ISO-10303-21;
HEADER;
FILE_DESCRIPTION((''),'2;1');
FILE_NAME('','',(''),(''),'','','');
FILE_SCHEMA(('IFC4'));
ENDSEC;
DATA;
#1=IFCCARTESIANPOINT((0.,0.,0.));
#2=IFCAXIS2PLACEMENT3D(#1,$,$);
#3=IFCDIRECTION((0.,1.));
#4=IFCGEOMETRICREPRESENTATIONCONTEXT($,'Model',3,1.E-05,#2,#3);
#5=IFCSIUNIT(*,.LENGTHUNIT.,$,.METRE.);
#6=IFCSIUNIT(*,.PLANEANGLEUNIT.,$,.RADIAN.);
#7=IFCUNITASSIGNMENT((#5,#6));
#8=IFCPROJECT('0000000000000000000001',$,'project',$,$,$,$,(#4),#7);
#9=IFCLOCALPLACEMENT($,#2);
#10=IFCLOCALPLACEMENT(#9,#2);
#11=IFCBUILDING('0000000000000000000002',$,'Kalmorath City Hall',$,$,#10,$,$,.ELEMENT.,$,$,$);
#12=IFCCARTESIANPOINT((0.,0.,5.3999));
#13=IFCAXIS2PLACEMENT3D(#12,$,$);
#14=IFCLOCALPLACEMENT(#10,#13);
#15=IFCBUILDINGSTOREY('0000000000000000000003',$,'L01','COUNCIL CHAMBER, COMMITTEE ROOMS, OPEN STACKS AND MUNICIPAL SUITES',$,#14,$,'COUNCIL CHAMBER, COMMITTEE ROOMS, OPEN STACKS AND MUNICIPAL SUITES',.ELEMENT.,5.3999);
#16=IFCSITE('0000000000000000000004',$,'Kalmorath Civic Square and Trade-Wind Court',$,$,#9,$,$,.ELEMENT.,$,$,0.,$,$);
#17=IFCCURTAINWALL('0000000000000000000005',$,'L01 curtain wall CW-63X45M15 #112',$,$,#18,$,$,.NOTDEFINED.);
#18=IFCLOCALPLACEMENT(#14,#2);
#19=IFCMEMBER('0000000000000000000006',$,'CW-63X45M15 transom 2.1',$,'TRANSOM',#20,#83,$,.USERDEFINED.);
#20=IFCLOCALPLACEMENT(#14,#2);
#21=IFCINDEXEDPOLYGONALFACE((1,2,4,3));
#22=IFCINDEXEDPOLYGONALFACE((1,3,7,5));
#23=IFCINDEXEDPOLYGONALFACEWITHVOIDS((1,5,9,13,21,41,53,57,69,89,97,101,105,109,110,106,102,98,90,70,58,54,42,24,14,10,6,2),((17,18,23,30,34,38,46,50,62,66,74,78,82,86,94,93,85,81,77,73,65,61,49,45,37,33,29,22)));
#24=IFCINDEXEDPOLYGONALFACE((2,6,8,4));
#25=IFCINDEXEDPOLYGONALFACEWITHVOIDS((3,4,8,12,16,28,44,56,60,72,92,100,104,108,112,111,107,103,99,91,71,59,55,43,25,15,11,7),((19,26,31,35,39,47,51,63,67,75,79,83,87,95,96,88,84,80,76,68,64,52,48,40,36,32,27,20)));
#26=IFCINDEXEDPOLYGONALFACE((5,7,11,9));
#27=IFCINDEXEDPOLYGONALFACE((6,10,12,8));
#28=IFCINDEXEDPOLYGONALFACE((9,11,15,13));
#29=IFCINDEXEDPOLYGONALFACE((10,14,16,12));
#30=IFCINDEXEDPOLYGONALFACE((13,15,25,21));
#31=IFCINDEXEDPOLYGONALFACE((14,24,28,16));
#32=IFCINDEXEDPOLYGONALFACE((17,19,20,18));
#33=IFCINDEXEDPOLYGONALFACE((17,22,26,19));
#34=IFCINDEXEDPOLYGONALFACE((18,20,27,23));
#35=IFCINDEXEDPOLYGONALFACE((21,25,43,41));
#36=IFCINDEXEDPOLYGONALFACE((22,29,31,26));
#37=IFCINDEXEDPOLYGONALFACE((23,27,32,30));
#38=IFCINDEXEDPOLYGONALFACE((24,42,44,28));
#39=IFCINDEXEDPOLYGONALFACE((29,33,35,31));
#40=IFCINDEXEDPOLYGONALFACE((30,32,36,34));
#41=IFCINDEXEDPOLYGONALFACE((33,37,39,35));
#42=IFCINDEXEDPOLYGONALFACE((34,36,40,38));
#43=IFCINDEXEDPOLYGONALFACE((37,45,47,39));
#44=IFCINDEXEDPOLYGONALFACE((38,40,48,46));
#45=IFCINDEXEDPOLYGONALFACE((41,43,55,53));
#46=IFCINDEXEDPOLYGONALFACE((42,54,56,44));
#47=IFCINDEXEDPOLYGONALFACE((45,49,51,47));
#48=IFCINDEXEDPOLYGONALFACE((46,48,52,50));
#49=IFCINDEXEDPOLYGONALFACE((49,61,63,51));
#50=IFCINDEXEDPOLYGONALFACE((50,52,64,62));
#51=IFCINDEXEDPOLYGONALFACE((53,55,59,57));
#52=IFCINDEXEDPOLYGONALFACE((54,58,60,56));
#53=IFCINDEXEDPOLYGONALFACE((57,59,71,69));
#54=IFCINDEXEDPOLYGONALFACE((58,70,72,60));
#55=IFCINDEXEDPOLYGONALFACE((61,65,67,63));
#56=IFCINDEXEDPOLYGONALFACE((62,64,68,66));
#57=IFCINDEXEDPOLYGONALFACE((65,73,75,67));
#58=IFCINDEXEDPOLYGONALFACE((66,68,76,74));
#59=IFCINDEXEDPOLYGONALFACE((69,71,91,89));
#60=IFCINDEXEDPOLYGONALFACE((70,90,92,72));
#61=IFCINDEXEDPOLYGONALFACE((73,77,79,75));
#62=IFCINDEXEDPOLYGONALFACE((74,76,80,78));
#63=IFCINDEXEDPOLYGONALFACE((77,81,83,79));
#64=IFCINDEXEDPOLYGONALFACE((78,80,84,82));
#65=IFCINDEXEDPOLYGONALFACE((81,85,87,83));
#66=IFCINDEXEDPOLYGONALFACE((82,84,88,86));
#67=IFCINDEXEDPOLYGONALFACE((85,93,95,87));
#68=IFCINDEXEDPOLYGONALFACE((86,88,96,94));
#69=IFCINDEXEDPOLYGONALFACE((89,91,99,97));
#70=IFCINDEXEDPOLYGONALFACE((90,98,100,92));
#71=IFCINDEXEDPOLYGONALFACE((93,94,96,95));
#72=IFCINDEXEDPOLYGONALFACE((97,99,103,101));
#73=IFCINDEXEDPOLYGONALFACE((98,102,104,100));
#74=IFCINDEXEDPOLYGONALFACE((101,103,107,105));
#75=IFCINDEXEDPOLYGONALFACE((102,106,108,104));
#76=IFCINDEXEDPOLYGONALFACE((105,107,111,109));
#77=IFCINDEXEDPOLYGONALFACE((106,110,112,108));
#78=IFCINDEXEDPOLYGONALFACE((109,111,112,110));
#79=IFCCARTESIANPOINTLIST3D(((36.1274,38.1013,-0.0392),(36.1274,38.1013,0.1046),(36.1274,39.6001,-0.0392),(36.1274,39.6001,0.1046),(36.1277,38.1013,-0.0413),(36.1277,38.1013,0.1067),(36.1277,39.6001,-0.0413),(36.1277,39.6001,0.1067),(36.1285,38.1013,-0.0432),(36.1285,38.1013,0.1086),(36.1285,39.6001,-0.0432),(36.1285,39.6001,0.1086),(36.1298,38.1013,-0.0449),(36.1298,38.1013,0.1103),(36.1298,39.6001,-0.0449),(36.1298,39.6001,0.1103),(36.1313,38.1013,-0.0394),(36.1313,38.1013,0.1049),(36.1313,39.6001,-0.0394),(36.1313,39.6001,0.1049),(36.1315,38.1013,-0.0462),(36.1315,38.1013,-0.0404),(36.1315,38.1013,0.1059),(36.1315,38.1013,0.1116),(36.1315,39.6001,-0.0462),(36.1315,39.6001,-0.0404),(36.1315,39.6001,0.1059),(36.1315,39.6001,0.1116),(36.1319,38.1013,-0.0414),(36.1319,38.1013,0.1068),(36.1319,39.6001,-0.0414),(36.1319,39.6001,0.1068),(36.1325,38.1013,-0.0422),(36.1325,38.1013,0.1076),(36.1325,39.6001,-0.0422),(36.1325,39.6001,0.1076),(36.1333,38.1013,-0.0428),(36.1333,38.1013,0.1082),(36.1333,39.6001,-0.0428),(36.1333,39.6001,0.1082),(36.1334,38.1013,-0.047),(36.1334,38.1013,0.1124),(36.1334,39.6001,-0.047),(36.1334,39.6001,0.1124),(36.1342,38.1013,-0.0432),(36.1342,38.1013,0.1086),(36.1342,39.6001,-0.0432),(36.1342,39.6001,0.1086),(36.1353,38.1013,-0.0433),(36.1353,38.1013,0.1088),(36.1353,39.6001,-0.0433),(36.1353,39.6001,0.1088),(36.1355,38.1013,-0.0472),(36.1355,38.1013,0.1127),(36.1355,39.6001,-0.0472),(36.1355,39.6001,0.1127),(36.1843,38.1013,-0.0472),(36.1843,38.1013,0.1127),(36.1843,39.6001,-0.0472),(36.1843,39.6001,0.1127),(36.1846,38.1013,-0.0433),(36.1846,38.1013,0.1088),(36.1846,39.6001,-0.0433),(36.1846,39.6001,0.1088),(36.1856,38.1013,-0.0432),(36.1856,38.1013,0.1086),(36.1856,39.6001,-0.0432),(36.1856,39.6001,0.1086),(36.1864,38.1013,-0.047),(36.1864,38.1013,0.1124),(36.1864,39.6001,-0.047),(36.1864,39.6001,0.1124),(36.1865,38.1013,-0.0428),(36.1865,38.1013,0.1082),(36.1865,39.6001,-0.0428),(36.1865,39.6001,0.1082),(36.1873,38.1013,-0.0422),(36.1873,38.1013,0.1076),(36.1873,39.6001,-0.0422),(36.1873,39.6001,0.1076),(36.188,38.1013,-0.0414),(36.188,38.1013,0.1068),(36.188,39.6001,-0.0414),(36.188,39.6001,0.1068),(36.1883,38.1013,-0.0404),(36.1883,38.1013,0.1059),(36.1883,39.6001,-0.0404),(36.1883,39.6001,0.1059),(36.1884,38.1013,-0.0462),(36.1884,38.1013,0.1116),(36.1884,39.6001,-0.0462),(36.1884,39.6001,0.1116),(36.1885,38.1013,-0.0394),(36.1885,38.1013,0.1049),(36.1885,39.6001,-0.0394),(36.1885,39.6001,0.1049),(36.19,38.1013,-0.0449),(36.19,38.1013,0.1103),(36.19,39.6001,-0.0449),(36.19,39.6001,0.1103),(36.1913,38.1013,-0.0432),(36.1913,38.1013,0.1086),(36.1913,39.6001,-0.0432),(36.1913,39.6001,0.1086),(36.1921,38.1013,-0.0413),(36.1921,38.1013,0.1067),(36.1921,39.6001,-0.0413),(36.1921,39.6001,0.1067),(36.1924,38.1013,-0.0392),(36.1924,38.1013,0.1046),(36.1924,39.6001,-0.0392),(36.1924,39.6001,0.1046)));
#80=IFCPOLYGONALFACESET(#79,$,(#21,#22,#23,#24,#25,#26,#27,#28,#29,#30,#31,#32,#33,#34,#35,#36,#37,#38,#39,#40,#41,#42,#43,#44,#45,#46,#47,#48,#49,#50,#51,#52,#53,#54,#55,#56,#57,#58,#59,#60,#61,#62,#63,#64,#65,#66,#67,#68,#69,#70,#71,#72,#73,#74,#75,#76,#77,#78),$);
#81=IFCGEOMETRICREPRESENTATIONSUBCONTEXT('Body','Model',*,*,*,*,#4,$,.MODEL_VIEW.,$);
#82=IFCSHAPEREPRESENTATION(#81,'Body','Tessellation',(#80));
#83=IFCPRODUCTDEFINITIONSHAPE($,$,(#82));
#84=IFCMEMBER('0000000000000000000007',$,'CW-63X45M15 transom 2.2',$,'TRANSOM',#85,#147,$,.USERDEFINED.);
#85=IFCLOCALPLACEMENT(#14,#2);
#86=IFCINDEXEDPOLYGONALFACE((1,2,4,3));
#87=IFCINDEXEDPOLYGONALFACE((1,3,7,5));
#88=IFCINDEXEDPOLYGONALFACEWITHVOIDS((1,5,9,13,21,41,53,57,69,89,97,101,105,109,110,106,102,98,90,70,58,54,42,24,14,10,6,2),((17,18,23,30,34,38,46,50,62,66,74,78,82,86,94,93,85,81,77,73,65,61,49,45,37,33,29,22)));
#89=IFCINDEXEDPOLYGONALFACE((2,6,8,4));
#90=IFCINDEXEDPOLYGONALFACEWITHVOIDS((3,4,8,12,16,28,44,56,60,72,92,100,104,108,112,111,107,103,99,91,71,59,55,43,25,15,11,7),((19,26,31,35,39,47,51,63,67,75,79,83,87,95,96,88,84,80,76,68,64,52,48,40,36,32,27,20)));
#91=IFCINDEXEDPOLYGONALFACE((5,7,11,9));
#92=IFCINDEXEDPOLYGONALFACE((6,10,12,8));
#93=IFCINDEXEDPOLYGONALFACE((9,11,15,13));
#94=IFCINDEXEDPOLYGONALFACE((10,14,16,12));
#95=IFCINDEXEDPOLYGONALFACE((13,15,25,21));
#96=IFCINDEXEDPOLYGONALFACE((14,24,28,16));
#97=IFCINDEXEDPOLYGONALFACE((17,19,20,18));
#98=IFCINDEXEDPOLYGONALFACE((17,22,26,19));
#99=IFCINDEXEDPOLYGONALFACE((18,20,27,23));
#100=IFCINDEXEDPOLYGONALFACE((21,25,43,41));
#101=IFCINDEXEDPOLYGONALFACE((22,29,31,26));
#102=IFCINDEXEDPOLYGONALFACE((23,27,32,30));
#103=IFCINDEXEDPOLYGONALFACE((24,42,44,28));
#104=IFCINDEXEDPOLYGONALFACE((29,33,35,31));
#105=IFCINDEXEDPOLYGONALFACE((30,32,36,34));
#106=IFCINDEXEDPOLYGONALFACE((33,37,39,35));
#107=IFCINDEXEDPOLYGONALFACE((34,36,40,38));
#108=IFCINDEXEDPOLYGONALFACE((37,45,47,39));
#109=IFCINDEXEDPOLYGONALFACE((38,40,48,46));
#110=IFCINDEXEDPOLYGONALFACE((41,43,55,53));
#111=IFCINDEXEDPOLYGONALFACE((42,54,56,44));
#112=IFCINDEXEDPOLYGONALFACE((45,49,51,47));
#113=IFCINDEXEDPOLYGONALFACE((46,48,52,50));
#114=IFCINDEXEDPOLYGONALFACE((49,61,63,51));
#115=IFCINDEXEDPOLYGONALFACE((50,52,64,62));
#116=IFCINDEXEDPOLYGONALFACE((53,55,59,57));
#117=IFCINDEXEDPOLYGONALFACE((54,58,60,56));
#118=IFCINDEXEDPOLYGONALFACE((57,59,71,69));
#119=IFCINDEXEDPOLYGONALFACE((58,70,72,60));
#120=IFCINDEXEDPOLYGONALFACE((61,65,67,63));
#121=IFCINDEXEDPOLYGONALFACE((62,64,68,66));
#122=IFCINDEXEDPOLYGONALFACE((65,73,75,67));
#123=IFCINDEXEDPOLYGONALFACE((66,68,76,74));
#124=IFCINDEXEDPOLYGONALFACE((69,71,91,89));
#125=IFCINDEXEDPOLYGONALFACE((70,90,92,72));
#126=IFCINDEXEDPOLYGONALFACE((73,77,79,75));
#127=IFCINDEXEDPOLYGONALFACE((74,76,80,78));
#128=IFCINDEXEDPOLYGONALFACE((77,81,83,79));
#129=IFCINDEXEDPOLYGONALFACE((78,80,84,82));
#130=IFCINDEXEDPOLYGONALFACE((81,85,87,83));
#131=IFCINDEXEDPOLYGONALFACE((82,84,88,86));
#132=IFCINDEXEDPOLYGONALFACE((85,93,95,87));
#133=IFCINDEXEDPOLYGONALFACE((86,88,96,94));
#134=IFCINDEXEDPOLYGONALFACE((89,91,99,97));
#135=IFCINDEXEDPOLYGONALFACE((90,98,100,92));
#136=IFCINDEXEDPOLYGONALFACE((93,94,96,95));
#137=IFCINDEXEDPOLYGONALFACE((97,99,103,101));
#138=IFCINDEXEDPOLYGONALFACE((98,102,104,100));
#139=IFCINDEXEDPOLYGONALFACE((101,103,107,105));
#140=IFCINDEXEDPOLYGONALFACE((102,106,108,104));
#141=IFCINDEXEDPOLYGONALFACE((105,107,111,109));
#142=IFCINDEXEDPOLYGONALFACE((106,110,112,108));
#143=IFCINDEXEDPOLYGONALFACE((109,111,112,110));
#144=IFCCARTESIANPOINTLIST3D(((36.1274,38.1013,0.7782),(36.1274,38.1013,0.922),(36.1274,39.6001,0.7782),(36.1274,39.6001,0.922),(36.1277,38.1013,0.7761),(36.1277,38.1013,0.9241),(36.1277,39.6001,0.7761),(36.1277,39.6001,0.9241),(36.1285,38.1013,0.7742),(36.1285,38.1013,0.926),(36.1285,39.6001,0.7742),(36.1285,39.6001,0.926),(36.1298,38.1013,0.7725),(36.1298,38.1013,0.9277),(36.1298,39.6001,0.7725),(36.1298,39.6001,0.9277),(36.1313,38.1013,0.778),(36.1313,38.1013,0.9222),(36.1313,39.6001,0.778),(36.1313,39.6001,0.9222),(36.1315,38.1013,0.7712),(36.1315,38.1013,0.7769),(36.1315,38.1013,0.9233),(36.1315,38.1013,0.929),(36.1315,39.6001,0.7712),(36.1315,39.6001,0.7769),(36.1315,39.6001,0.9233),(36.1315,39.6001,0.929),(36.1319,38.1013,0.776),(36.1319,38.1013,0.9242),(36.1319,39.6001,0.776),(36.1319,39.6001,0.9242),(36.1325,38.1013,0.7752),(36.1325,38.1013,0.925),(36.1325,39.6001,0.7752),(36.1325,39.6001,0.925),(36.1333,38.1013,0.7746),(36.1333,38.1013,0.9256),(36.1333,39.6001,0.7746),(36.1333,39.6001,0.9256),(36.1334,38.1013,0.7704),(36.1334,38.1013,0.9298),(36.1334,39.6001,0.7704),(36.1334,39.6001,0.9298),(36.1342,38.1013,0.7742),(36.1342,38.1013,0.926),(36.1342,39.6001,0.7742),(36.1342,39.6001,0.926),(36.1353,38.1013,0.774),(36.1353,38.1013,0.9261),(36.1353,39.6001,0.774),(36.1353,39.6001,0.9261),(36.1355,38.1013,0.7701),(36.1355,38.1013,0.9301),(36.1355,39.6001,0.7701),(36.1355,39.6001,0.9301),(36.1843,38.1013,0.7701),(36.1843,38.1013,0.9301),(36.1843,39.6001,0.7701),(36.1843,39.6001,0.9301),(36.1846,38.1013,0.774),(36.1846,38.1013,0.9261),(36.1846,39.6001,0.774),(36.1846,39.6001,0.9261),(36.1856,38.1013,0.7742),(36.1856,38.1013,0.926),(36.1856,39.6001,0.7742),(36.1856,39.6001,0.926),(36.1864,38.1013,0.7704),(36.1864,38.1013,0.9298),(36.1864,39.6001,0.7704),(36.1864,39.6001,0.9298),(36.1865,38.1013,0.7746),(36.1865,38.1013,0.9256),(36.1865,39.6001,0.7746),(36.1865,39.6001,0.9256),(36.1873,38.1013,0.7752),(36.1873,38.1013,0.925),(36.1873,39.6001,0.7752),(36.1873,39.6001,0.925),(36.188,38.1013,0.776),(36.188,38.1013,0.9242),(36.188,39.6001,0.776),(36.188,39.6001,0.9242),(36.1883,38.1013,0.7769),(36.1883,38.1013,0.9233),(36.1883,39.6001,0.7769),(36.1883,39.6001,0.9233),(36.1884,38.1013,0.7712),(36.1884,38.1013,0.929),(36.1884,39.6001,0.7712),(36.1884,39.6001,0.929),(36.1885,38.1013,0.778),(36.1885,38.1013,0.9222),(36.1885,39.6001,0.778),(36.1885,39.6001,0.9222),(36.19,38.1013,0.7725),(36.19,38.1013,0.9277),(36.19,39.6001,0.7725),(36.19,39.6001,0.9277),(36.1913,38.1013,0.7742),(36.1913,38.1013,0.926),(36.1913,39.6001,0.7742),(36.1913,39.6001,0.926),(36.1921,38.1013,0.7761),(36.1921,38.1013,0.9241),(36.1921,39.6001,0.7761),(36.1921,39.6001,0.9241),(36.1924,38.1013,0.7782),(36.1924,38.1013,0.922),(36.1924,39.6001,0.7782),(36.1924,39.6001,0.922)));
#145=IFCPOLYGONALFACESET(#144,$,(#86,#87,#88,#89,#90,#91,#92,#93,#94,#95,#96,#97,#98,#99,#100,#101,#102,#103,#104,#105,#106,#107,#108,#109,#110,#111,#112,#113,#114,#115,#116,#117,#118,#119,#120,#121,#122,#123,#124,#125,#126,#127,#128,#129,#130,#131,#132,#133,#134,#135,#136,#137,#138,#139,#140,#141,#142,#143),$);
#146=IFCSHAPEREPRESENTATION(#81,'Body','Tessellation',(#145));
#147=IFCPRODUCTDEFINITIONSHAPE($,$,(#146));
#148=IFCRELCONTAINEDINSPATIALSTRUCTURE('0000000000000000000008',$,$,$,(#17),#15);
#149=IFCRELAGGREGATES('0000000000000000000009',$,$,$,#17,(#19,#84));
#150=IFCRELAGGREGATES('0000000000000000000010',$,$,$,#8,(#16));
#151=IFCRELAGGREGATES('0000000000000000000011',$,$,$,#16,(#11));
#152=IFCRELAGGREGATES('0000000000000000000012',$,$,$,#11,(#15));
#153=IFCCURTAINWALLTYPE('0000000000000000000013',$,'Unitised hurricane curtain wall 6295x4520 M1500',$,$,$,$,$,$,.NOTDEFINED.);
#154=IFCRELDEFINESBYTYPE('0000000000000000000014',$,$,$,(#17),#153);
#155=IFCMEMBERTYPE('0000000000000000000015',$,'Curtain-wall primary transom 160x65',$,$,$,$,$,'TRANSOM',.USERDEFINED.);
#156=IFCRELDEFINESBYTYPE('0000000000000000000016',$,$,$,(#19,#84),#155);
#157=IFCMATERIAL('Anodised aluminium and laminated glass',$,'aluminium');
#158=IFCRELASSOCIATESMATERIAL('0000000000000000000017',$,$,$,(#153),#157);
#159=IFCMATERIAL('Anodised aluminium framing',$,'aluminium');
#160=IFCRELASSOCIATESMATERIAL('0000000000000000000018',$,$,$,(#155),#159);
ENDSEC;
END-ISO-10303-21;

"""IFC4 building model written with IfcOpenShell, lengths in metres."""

from ifc_helpers import new_model, si_unit, direction, frame, origin, origin_2d, place, context, subcontext, project, spatial, hollow_rectangle, extrude, material, material_profile, profile_set, type_object, element, aggregate, save


model = new_model("IFC4")

# Units and contexts
model_context = context("Model", 3, precision=1e-05, world=origin(), true_north=direction((0.0, 1.0)))
body_context = subcontext(model_context, "Body", "Model", "MODEL_VIEW")
ifc_project = project(units=[si_unit("LENGTHUNIT", "METRE"), si_unit("PLANEANGLEUNIT", "RADIAN")], contexts=[model_context])

# Site, building, storey
site_placement = place(None, origin())
site = spatial("IfcSite", under=ifc_project, at=site_placement, Name="Kalmorath Civic Square and Trade-Wind Court", CompositionType="ELEMENT", RefElevation=0.0)
building_placement = place(site_placement, origin())
building = spatial("IfcBuilding", under=site, at=building_placement, Name="Kalmorath City Hall", CompositionType="ELEMENT")
storey_placement = place(building_placement, frame((0.0, 0.0, 5.3999)))
storey = spatial("IfcBuildingStorey", under=building, at=storey_placement, Name="L01", Description="COUNCIL CHAMBER, COMMITTEE ROOMS, OPEN STACKS AND MUNICIPAL SUITES", LongName="COUNCIL CHAMBER, COMMITTEE ROOMS, OPEN STACKS AND MUNICIPAL SUITES", CompositionType="ELEMENT", Elevation=5.3999)

# Curtain wall
ifc_material_1 = material(Name="Anodised aluminium and laminated glass", Category="aluminium")
curtain_wall_type_1 = type_object("IfcCurtainWallType", Name="Unitised hurricane curtain wall 6295x4520 M1500", PredefinedType="NOTDEFINED", material=ifc_material_1)
curtain_wall_1_placement = place(storey_placement, origin())
curtain_wall_1 = element("IfcCurtainWall", 1, at=curtain_wall_1_placement, inside=storey, type_object=curtain_wall_type_1, Name="L01 curtain wall CW-63X45M15 #112", PredefinedType="NOTDEFINED")

# Members
ifc_material_2 = material(Name="Anodised aluminium framing", Category="aluminium")
ifc_material_profile_1 = material_profile(ifc_material_2, hollow_rectangle(XDim=0.0649, YDim=0.1599, WallThickness=0.0039, InnerFilletRadius=0.0039, OuterFilletRadius=0.0081, at=origin_2d()), Name="ALU-TRN-160X65X4")
ifc_profile_set_1 = profile_set([ifc_material_profile_1], Name="Anodised aluminium framing")
member_type_1 = type_object("IfcMemberType", Name="Curtain-wall primary transom 160x65", ElementType="TRANSOM", PredefinedType="USERDEFINED", material=ifc_profile_set_1)
member_1_placement = place(storey_placement, frame((36.1599, 38.1013, 0.0327), z_axis=(0.0, 1.0, 0.0), x_axis=(-1.0, 0.0, 0.0)))
member_1 = element("IfcMember", 2, at=member_1_placement, type_object=member_type_1, Name="CW-63X45M15 transom 2.1", ObjectType="TRANSOM", PredefinedType="USERDEFINED", context=body_context, shape_type="SweptSolid", body=[
    extrude(hollow_rectangle(XDim=0.0649, YDim=0.1599, WallThickness=0.0039, InnerFilletRadius=0.0039, OuterFilletRadius=0.0081, at=origin_2d()), origin(), (0.0, 0.0, 1.0), 1.4988),
])
member_2_placement = place(storey_placement, frame((36.1599, 38.1013, 0.8501), z_axis=(0.0, 1.0, 0.0), x_axis=(-1.0, 0.0, 0.0)))
member_2 = element("IfcMember", 3, at=member_2_placement, type_object=member_type_1, Name="CW-63X45M15 transom 2.2", ObjectType="TRANSOM", PredefinedType="USERDEFINED", context=body_context, shape_type="SweptSolid", body=[
    extrude(hollow_rectangle(XDim=0.0649, YDim=0.1599, WallThickness=0.0039, InnerFilletRadius=0.0039, OuterFilletRadius=0.0081, at=origin_2d()), origin(), (0.0, 0.0, 1.0), 1.4988),
])

aggregate(curtain_wall_1, [member_1, member_2])

save(model, "model.ifc")
